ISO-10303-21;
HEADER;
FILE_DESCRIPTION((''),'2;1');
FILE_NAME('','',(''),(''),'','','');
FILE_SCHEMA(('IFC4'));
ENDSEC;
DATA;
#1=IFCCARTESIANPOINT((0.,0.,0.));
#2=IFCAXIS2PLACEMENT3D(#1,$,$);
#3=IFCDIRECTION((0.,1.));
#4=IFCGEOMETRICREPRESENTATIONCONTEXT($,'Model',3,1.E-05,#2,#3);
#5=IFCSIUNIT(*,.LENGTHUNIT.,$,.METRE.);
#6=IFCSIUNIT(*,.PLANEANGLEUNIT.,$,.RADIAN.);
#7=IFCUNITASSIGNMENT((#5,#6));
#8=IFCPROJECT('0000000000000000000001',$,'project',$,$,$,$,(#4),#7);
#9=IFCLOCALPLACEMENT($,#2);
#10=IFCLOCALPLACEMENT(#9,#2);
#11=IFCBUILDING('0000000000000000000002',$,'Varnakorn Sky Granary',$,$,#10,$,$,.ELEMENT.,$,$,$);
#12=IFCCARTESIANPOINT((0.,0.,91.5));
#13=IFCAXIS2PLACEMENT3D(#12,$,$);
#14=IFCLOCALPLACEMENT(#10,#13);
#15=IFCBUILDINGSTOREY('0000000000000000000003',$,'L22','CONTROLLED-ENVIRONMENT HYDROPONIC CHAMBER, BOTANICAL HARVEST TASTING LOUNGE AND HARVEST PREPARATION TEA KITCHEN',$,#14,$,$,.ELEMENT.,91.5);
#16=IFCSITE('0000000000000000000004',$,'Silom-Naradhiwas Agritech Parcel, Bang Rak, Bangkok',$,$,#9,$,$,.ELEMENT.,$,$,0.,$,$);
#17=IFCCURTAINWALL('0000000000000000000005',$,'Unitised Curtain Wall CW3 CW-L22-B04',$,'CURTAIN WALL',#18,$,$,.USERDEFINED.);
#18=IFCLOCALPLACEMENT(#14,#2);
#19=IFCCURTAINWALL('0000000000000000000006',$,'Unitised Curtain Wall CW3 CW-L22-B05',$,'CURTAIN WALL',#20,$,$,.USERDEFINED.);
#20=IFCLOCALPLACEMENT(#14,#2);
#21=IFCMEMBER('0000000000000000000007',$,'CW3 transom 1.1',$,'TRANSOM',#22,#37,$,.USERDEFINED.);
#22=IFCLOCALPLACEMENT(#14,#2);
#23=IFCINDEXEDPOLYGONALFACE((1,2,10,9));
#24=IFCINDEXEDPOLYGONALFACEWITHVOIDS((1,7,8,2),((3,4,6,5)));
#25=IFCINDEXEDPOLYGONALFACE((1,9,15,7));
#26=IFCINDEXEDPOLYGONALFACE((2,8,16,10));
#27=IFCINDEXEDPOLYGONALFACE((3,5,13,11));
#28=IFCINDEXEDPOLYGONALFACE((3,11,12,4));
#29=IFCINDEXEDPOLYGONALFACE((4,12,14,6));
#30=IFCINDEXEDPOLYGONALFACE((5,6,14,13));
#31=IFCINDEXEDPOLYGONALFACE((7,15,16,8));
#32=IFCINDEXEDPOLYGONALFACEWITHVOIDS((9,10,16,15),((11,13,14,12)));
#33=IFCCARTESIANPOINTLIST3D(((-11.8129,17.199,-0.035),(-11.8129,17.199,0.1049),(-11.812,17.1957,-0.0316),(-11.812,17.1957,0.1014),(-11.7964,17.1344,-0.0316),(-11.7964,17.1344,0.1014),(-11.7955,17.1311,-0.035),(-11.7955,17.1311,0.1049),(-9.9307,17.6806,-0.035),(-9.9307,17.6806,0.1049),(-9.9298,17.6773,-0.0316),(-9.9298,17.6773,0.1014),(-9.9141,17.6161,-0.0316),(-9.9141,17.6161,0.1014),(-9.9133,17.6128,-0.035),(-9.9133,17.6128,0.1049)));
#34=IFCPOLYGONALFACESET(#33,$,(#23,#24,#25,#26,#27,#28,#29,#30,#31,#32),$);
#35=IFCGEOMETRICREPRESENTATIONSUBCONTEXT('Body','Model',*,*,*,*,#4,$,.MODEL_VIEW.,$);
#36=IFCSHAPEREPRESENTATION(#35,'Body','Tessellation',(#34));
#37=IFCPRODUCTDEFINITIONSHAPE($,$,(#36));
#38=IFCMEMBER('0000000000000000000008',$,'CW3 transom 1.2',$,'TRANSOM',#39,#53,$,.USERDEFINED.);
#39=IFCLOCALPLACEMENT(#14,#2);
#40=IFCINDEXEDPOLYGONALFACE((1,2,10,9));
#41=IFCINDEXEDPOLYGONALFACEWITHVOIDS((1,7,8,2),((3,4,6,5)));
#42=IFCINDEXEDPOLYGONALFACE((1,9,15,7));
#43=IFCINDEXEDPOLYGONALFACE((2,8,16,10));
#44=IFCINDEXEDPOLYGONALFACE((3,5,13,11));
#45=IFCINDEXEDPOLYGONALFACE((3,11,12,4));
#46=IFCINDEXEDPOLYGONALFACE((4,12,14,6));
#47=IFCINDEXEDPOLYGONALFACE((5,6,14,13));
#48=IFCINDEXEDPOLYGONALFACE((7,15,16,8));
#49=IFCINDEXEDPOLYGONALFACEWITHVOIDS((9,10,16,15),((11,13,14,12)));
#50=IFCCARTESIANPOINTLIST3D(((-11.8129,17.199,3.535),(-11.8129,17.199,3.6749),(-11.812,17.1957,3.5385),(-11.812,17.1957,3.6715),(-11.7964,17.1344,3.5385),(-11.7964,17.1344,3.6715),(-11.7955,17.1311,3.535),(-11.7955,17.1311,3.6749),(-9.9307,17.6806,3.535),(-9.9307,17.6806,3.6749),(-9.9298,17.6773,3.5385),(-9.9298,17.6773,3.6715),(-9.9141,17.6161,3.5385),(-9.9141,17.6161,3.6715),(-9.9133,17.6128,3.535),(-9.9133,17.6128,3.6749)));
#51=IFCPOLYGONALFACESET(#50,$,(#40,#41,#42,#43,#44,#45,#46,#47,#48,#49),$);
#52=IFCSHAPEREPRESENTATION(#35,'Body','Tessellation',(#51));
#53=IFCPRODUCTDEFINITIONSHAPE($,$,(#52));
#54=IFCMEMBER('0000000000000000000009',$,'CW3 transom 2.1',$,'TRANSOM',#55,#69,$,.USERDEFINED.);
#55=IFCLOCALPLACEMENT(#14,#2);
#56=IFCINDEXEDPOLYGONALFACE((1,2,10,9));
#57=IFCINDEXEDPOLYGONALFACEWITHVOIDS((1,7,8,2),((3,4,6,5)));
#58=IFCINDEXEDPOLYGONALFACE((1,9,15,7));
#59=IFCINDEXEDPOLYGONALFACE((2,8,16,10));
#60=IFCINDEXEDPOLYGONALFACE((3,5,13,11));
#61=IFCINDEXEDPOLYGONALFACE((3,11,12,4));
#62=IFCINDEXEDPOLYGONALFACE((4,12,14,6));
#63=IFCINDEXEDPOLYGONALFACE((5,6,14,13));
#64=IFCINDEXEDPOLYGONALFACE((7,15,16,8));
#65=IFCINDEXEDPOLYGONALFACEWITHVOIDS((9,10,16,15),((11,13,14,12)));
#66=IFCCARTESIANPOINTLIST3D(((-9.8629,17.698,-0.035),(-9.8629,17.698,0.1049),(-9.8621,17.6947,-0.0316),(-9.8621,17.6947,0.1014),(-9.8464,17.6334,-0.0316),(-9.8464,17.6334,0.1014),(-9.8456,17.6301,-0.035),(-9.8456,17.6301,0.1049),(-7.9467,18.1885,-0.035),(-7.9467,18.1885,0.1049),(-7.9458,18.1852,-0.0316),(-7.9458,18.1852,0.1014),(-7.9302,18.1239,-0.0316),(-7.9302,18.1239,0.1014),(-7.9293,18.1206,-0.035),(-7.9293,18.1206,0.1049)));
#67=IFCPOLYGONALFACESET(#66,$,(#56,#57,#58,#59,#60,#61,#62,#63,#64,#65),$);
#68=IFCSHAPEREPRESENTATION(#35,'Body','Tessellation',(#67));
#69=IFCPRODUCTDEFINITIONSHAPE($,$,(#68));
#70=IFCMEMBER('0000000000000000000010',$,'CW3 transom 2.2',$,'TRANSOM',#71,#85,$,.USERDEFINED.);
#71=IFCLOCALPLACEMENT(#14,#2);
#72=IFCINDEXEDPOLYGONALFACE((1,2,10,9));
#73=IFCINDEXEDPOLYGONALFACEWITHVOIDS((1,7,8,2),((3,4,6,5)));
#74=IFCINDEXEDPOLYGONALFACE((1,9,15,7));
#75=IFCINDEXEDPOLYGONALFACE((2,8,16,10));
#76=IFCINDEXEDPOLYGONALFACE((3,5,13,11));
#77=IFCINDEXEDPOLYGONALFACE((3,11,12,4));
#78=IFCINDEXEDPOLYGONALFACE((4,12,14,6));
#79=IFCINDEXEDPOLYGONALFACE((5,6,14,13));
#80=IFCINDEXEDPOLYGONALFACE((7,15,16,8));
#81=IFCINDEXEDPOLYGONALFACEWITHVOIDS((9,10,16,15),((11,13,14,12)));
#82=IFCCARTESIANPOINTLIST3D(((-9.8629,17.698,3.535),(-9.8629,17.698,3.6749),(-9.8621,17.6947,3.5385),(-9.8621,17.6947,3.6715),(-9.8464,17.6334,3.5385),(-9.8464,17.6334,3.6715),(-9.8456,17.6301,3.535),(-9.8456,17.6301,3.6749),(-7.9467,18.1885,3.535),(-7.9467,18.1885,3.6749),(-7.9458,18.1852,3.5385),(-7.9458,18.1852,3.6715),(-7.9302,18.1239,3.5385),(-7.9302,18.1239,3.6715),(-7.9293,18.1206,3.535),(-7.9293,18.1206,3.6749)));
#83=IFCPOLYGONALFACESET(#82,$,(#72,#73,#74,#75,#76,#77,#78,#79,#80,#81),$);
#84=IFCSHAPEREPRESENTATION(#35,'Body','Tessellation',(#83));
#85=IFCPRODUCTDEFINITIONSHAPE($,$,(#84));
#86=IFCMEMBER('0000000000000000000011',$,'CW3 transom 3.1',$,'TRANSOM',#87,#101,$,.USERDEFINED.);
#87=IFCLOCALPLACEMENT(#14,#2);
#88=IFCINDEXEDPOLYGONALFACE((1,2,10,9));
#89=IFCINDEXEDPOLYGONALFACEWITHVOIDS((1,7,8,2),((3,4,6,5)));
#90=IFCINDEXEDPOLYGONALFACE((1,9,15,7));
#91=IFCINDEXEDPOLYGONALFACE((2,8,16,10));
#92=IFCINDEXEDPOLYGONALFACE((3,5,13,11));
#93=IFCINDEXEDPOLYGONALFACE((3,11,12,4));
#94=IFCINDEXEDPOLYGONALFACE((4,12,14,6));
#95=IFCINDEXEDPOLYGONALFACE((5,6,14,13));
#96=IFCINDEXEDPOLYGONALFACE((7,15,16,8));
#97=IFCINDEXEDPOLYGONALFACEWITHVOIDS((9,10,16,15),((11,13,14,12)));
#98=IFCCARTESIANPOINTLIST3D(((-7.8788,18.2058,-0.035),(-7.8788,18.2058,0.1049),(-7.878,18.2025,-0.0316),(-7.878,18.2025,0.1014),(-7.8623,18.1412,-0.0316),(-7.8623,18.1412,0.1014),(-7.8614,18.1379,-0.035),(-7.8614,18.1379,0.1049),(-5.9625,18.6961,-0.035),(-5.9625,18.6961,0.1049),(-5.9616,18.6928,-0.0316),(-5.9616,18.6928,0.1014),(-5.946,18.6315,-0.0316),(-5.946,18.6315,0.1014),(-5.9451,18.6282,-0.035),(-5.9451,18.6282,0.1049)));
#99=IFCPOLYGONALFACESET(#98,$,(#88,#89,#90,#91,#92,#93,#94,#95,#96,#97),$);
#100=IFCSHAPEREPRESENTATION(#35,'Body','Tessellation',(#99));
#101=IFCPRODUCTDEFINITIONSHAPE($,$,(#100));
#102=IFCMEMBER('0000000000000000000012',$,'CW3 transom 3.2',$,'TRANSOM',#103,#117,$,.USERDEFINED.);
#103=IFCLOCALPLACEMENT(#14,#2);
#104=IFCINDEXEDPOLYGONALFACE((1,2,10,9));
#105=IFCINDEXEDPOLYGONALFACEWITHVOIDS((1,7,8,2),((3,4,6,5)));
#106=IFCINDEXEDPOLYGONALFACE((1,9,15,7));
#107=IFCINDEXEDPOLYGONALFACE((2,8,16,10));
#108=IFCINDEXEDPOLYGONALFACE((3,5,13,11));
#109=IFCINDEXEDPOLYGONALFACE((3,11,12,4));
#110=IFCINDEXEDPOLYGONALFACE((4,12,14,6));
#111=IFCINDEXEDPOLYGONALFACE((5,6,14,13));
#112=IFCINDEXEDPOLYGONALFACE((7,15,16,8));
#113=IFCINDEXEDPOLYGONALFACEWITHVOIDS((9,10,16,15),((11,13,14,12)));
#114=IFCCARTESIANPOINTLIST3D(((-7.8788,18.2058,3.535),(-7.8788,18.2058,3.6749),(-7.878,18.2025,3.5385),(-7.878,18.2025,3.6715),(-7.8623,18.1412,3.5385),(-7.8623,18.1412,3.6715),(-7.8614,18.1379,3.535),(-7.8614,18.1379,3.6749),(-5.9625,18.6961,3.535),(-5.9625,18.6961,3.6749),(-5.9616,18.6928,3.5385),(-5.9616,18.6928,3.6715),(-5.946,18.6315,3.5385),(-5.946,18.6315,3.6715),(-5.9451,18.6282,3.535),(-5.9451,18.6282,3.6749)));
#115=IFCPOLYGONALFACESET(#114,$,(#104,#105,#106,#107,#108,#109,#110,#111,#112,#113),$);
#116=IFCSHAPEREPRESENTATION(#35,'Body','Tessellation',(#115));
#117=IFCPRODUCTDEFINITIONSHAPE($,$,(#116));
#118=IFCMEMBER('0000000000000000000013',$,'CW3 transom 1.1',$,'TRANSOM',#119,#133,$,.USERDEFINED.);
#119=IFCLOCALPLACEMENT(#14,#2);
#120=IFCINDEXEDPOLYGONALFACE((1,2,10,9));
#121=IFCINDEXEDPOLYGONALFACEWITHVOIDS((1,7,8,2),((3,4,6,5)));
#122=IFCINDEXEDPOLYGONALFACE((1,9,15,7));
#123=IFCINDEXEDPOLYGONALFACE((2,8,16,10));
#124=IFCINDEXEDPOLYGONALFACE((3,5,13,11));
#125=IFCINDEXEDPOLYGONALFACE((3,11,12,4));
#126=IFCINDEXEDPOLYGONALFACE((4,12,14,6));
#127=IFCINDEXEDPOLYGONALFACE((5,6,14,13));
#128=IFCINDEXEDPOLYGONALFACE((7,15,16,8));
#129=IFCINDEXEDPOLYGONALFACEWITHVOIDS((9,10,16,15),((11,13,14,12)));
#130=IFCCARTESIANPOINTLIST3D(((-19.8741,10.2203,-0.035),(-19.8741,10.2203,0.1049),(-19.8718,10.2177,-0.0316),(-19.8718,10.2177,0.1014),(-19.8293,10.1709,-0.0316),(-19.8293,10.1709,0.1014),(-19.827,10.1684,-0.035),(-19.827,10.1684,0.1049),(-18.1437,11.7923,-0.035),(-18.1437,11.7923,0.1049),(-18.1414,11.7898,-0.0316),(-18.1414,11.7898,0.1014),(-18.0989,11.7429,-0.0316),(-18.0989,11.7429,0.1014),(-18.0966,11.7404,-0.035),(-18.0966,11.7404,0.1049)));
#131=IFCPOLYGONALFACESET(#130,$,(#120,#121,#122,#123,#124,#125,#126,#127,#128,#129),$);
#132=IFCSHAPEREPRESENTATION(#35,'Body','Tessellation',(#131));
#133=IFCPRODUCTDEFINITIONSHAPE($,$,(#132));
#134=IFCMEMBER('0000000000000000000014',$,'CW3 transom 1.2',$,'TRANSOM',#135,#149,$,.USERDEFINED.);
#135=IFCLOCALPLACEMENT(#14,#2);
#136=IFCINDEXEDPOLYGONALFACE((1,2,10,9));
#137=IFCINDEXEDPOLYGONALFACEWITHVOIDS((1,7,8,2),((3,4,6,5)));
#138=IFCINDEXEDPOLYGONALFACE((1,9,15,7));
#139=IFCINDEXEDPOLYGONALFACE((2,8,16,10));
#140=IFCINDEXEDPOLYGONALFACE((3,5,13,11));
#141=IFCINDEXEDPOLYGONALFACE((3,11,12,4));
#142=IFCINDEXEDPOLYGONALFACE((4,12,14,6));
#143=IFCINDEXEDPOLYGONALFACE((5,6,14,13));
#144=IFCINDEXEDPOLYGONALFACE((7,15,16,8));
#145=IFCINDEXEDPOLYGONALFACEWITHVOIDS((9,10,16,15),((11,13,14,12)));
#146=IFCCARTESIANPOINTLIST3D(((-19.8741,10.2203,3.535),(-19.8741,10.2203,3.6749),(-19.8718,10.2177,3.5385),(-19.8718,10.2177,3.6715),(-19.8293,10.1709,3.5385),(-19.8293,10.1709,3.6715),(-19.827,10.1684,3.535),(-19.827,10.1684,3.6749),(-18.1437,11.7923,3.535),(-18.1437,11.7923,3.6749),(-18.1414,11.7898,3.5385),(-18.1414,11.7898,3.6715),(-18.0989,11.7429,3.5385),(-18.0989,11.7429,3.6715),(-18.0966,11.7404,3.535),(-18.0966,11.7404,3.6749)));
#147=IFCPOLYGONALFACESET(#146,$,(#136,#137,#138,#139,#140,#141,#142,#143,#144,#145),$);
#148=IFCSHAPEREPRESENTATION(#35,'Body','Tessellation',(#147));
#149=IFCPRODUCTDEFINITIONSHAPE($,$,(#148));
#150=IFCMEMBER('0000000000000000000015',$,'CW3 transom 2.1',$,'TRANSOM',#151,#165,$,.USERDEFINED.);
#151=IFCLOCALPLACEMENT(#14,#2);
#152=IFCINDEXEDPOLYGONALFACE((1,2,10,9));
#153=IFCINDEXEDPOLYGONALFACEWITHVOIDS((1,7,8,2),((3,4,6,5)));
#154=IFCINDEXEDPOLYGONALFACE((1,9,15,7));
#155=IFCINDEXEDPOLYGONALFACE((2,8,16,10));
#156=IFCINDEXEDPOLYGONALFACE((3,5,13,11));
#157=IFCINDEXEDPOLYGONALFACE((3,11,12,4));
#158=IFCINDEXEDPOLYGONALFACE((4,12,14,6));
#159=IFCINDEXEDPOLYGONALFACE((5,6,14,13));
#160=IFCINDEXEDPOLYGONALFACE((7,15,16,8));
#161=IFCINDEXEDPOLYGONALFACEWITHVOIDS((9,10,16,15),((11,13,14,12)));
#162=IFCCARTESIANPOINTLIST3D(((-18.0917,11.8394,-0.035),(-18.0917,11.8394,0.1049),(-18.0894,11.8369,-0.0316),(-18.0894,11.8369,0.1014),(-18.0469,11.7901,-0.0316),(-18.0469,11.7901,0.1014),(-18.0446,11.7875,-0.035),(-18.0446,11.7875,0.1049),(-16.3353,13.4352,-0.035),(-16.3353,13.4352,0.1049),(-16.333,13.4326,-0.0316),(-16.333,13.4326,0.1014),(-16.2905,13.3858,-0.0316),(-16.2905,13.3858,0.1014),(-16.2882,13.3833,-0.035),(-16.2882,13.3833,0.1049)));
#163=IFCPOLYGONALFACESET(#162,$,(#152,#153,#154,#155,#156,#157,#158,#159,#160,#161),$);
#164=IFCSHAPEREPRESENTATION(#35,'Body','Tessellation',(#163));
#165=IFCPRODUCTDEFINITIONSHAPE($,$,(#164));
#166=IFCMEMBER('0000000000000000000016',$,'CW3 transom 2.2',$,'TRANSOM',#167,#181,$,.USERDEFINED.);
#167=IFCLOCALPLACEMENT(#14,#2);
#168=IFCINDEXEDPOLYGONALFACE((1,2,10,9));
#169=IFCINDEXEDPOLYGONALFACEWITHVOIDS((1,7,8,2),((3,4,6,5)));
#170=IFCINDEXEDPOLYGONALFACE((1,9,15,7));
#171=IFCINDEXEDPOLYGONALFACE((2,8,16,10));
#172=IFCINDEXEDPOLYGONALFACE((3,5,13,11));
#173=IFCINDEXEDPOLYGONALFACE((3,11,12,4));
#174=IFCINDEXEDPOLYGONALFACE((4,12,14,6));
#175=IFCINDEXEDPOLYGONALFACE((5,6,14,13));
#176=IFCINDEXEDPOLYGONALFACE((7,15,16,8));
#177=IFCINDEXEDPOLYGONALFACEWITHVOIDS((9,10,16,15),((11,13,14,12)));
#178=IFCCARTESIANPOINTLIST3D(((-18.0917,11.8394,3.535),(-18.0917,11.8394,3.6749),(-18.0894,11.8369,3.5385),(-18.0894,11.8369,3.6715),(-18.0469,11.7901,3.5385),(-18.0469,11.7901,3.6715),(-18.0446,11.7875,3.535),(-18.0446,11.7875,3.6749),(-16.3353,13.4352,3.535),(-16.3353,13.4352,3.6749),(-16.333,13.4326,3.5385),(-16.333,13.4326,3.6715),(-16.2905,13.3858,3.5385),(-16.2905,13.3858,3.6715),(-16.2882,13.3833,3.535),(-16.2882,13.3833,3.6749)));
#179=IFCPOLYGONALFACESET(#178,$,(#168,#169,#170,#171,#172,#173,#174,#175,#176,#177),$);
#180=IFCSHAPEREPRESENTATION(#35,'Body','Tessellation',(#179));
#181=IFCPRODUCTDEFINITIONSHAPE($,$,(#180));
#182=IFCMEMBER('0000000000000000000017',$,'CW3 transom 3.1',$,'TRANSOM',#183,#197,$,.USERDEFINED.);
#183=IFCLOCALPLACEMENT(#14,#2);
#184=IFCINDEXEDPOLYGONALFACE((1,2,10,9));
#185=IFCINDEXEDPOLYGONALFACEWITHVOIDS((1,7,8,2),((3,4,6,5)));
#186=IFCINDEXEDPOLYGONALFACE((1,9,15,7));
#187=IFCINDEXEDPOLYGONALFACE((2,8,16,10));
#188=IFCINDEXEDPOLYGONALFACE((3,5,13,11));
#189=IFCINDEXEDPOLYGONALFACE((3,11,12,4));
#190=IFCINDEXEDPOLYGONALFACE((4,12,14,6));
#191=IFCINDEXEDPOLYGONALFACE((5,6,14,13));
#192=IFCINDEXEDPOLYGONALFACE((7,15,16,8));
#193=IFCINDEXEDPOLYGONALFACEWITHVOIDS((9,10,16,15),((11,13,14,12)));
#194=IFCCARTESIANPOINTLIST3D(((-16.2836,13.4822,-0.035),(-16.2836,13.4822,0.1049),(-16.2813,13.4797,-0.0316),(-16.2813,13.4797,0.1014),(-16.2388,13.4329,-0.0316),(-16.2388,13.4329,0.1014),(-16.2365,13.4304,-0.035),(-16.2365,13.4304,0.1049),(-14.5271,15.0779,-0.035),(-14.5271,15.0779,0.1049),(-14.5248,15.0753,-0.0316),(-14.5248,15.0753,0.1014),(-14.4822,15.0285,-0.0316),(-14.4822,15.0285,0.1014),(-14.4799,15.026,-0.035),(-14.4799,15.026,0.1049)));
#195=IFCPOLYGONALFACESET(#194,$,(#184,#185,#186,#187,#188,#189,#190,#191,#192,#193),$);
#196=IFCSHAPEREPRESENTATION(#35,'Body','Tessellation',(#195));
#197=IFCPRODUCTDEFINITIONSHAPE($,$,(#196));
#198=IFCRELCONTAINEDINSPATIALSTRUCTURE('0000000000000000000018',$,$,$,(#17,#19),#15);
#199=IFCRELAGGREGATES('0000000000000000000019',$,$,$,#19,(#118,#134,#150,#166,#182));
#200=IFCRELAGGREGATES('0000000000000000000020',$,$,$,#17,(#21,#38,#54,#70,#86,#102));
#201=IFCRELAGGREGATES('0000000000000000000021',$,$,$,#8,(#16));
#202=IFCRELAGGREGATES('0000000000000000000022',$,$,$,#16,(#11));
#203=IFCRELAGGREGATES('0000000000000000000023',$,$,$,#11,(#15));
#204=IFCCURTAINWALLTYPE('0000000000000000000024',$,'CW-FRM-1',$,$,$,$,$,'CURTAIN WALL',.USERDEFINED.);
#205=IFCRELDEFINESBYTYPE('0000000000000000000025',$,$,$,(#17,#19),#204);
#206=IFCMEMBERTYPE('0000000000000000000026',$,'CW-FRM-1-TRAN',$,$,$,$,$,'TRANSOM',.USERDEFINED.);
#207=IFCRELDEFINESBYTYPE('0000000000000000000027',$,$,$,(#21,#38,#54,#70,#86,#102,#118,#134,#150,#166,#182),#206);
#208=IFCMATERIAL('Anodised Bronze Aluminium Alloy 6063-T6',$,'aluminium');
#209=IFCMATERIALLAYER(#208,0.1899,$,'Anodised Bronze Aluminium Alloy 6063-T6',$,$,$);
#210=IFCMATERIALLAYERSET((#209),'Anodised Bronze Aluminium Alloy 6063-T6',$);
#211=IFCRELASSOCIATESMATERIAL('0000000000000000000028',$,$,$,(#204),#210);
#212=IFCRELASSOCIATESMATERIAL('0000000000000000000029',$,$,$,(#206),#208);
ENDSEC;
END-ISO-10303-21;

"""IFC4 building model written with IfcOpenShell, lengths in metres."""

from ifc_helpers import new_model, si_unit, direction, frame, origin, origin_2d, place, context, subcontext, project, spatial, hollow_rectangle, extrude, material, layer, layer_set, material_profile, profile_set, type_object, element, aggregate, save


model = new_model("IFC4")

# Units and contexts
model_context = context("Model", 3, precision=1e-05, world=origin(), true_north=direction((0.0, 1.0)))
body_context = subcontext(model_context, "Body", "Model", "MODEL_VIEW")
ifc_project = project(units=[si_unit("LENGTHUNIT", "METRE"), si_unit("PLANEANGLEUNIT", "RADIAN")], contexts=[model_context])

# Site, building, storey
site_placement = place(None, origin())
site = spatial("IfcSite", under=ifc_project, at=site_placement, Name="Silom-Naradhiwas Agritech Parcel, Bang Rak, Bangkok", CompositionType="ELEMENT", RefElevation=0.0)
building_placement = place(site_placement, origin())
building = spatial("IfcBuilding", under=site, at=building_placement, Name="Varnakorn Sky Granary", CompositionType="ELEMENT")
storey_placement = place(building_placement, frame((0.0, 0.0, 91.5)))
storey = spatial("IfcBuildingStorey", under=building, at=storey_placement, Name="L22", Description="CONTROLLED-ENVIRONMENT HYDROPONIC CHAMBER, BOTANICAL HARVEST TASTING LOUNGE AND HARVEST PREPARATION TEA KITCHEN", CompositionType="ELEMENT", Elevation=91.5)

# Curtain walls
ifc_material_1 = material(Name="Anodised Bronze Aluminium Alloy 6063-T6", Category="aluminium")
ifc_layer_1 = layer(ifc_material_1, 0.1899, Name="Anodised Bronze Aluminium Alloy 6063-T6")
ifc_layer_set_1 = layer_set([ifc_layer_1], Name="Anodised Bronze Aluminium Alloy 6063-T6")
curtain_wall_type = type_object("IfcCurtainWallType", Name="CW-FRM-1", ElementType="CURTAIN WALL", PredefinedType="USERDEFINED", material=ifc_layer_set_1)
curtain_wall_1_placement = place(storey_placement, origin())
curtain_wall_1 = element("IfcCurtainWall", 1, at=curtain_wall_1_placement, inside=storey, type_object=curtain_wall_type, Name="Unitised Curtain Wall CW3 CW-L22-B04", ObjectType="CURTAIN WALL", PredefinedType="USERDEFINED")
curtain_wall_2_placement = place(storey_placement, origin())
curtain_wall_2 = element("IfcCurtainWall", 2, at=curtain_wall_2_placement, inside=storey, type_object=curtain_wall_type, Name="Unitised Curtain Wall CW3 CW-L22-B05", ObjectType="CURTAIN WALL", PredefinedType="USERDEFINED")

# Members
ifc_material_profile_1 = material_profile(ifc_material_1, hollow_rectangle(XDim=0.0701, YDim=0.1399, WallThickness=0.0034, at=origin_2d()), Name="ALU TRAN 70x140")
ifc_profile_set_1 = profile_set([ifc_material_profile_1], Name="Anodised Bronze Aluminium Alloy 6063-T6")
member_type_1 = type_object("IfcMemberType", Name="CW-FRM-1-TRAN", ElementType="TRANSOM", PredefinedType="USERDEFINED", material=ifc_profile_set_1)
member_1_placement = place(storey_placement, frame((-11.8042, 17.165, 0.0349), z_axis=(0.968782, 0.247913, 0.0), x_axis=(-0.247913, 0.968782, 0.0)))
member_1 = element("IfcMember", 3, at=member_1_placement, type_object=member_type_1, Name="CW3 transom 1.1", ObjectType="TRANSOM", PredefinedType="USERDEFINED", context=body_context, shape_type="SweptSolid", body=[
    extrude(hollow_rectangle(XDim=0.0701, YDim=0.1399, WallThickness=0.0034, at=origin_2d()), origin(), (0.0, 0.0, 1.0), 1.9429),
])
member_2_placement = place(storey_placement, frame((-11.8042, 17.165, 3.605), z_axis=(0.968782, 0.247913, 0.0), x_axis=(-0.247913, 0.968782, 0.0)))
member_2 = element("IfcMember", 4, at=member_2_placement, type_object=member_type_1, Name="CW3 transom 1.2", ObjectType="TRANSOM", PredefinedType="USERDEFINED", context=body_context, shape_type="SweptSolid", body=[
    extrude(hollow_rectangle(XDim=0.0701, YDim=0.1399, WallThickness=0.0034, at=origin_2d()), origin(), (0.0, 0.0, 1.0), 1.9429),
])
member_3_placement = place(storey_placement, frame((-9.8542, 17.6641, 0.0349), z_axis=(0.96877, 0.247963, 0.0), x_axis=(-0.247963, 0.96877, 0.0)))
member_3 = element("IfcMember", 5, at=member_3_placement, type_object=member_type_1, Name="CW3 transom 2.1", ObjectType="TRANSOM", PredefinedType="USERDEFINED", context=body_context, shape_type="SweptSolid", body=[
    extrude(hollow_rectangle(XDim=0.0701, YDim=0.1399, WallThickness=0.0034, at=origin_2d()), origin(), (0.0, 0.0, 1.0), 1.978),
])
member_4_placement = place(storey_placement, frame((-9.8542, 17.6641, 3.605), z_axis=(0.96877, 0.247963, 0.0), x_axis=(-0.247963, 0.96877, 0.0)))
member_4 = element("IfcMember", 6, at=member_4_placement, type_object=member_type_1, Name="CW3 transom 2.2", ObjectType="TRANSOM", PredefinedType="USERDEFINED", context=body_context, shape_type="SweptSolid", body=[
    extrude(hollow_rectangle(XDim=0.0701, YDim=0.1399, WallThickness=0.0034, at=origin_2d()), origin(), (0.0, 0.0, 1.0), 1.978),
])
member_5_placement = place(storey_placement, frame((-7.8701, 18.1719, 0.0349), z_axis=(0.968799, 0.247847, 0.0), x_axis=(-0.247847, 0.968799, 0.0)))
member_5 = element("IfcMember", 7, at=member_5_placement, type_object=member_type_1, Name="CW3 transom 3.1", ObjectType="TRANSOM", PredefinedType="USERDEFINED", context=body_context, shape_type="SweptSolid", body=[
    extrude(hollow_rectangle(XDim=0.0701, YDim=0.1399, WallThickness=0.0034, at=origin_2d()), origin(), (0.0, 0.0, 1.0), 1.978),
])
member_6_placement = place(storey_placement, frame((-7.8701, 18.1719, 3.605), z_axis=(0.968799, 0.247847, 0.0), x_axis=(-0.247847, 0.968799, 0.0)))
member_6 = element("IfcMember", 8, at=member_6_placement, type_object=member_type_1, Name="CW3 transom 3.2", ObjectType="TRANSOM", PredefinedType="USERDEFINED", context=body_context, shape_type="SweptSolid", body=[
    extrude(hollow_rectangle(XDim=0.0701, YDim=0.1399, WallThickness=0.0034, at=origin_2d()), origin(), (0.0, 0.0, 1.0), 1.978),
])
member_7_placement = place(storey_placement, frame((-19.8506, 10.1943, 0.0349), z_axis=(0.740181, 0.672408, 0.0), x_axis=(-0.672408, 0.740181, 0.0)))
member_7 = element("IfcMember", 9, at=member_7_placement, type_object=member_type_1, Name="CW3 transom 1.1", ObjectType="TRANSOM", PredefinedType="USERDEFINED", context=body_context, shape_type="SweptSolid", body=[
    extrude(hollow_rectangle(XDim=0.0701, YDim=0.1399, WallThickness=0.0034, at=origin_2d()), origin(), (0.0, 0.0, 1.0), 2.3379),
])
member_8_placement = place(storey_placement, frame((-19.8506, 10.1943, 3.605), z_axis=(0.740181, 0.672408, 0.0), x_axis=(-0.672408, 0.740181, 0.0)))
member_8 = element("IfcMember", 10, at=member_8_placement, type_object=member_type_1, Name="CW3 transom 1.2", ObjectType="TRANSOM", PredefinedType="USERDEFINED", context=body_context, shape_type="SweptSolid", body=[
    extrude(hollow_rectangle(XDim=0.0701, YDim=0.1399, WallThickness=0.0034, at=origin_2d()), origin(), (0.0, 0.0, 1.0), 2.3379),
])
member_9_placement = place(storey_placement, frame((-18.0681, 11.8135, 0.0349), z_axis=(0.740145, 0.672447, 0.0), x_axis=(-0.672447, 0.740145, 0.0)))
member_9 = element("IfcMember", 11, at=member_9_placement, type_object=member_type_1, Name="CW3 transom 2.1", ObjectType="TRANSOM", PredefinedType="USERDEFINED", context=body_context, shape_type="SweptSolid", body=[
    extrude(hollow_rectangle(XDim=0.0701, YDim=0.1399, WallThickness=0.0034, at=origin_2d()), origin(), (0.0, 0.0, 1.0), 2.373),
])
member_10_placement = place(storey_placement, frame((-18.0681, 11.8135, 3.605), z_axis=(0.740145, 0.672447, 0.0), x_axis=(-0.672447, 0.740145, 0.0)))
member_10 = element("IfcMember", 12, at=member_10_placement, type_object=member_type_1, Name="CW3 transom 2.2", ObjectType="TRANSOM", PredefinedType="USERDEFINED", context=body_context, shape_type="SweptSolid", body=[
    extrude(hollow_rectangle(XDim=0.0701, YDim=0.1399, WallThickness=0.0034, at=origin_2d()), origin(), (0.0, 0.0, 1.0), 2.373),
])
member_11_placement = place(storey_placement, frame((-16.26, 13.4563, 0.0349), z_axis=(0.740191, 0.672396, 0.0), x_axis=(-0.672396, 0.740191, 0.0)))
member_11 = element("IfcMember", 13, at=member_11_placement, type_object=member_type_1, Name="CW3 transom 3.1", ObjectType="TRANSOM", PredefinedType="USERDEFINED", context=body_context, shape_type="SweptSolid", body=[
    extrude(hollow_rectangle(XDim=0.0701, YDim=0.1399, WallThickness=0.0034, at=origin_2d()), origin(), (0.0, 0.0, 1.0), 2.373),
])

aggregate(curtain_wall_2, [member_7, member_8, member_9, member_10, member_11])
aggregate(curtain_wall_1, [member_1, member_2, member_3, member_4, member_5, member_6])

save(model, "model.ifc")
